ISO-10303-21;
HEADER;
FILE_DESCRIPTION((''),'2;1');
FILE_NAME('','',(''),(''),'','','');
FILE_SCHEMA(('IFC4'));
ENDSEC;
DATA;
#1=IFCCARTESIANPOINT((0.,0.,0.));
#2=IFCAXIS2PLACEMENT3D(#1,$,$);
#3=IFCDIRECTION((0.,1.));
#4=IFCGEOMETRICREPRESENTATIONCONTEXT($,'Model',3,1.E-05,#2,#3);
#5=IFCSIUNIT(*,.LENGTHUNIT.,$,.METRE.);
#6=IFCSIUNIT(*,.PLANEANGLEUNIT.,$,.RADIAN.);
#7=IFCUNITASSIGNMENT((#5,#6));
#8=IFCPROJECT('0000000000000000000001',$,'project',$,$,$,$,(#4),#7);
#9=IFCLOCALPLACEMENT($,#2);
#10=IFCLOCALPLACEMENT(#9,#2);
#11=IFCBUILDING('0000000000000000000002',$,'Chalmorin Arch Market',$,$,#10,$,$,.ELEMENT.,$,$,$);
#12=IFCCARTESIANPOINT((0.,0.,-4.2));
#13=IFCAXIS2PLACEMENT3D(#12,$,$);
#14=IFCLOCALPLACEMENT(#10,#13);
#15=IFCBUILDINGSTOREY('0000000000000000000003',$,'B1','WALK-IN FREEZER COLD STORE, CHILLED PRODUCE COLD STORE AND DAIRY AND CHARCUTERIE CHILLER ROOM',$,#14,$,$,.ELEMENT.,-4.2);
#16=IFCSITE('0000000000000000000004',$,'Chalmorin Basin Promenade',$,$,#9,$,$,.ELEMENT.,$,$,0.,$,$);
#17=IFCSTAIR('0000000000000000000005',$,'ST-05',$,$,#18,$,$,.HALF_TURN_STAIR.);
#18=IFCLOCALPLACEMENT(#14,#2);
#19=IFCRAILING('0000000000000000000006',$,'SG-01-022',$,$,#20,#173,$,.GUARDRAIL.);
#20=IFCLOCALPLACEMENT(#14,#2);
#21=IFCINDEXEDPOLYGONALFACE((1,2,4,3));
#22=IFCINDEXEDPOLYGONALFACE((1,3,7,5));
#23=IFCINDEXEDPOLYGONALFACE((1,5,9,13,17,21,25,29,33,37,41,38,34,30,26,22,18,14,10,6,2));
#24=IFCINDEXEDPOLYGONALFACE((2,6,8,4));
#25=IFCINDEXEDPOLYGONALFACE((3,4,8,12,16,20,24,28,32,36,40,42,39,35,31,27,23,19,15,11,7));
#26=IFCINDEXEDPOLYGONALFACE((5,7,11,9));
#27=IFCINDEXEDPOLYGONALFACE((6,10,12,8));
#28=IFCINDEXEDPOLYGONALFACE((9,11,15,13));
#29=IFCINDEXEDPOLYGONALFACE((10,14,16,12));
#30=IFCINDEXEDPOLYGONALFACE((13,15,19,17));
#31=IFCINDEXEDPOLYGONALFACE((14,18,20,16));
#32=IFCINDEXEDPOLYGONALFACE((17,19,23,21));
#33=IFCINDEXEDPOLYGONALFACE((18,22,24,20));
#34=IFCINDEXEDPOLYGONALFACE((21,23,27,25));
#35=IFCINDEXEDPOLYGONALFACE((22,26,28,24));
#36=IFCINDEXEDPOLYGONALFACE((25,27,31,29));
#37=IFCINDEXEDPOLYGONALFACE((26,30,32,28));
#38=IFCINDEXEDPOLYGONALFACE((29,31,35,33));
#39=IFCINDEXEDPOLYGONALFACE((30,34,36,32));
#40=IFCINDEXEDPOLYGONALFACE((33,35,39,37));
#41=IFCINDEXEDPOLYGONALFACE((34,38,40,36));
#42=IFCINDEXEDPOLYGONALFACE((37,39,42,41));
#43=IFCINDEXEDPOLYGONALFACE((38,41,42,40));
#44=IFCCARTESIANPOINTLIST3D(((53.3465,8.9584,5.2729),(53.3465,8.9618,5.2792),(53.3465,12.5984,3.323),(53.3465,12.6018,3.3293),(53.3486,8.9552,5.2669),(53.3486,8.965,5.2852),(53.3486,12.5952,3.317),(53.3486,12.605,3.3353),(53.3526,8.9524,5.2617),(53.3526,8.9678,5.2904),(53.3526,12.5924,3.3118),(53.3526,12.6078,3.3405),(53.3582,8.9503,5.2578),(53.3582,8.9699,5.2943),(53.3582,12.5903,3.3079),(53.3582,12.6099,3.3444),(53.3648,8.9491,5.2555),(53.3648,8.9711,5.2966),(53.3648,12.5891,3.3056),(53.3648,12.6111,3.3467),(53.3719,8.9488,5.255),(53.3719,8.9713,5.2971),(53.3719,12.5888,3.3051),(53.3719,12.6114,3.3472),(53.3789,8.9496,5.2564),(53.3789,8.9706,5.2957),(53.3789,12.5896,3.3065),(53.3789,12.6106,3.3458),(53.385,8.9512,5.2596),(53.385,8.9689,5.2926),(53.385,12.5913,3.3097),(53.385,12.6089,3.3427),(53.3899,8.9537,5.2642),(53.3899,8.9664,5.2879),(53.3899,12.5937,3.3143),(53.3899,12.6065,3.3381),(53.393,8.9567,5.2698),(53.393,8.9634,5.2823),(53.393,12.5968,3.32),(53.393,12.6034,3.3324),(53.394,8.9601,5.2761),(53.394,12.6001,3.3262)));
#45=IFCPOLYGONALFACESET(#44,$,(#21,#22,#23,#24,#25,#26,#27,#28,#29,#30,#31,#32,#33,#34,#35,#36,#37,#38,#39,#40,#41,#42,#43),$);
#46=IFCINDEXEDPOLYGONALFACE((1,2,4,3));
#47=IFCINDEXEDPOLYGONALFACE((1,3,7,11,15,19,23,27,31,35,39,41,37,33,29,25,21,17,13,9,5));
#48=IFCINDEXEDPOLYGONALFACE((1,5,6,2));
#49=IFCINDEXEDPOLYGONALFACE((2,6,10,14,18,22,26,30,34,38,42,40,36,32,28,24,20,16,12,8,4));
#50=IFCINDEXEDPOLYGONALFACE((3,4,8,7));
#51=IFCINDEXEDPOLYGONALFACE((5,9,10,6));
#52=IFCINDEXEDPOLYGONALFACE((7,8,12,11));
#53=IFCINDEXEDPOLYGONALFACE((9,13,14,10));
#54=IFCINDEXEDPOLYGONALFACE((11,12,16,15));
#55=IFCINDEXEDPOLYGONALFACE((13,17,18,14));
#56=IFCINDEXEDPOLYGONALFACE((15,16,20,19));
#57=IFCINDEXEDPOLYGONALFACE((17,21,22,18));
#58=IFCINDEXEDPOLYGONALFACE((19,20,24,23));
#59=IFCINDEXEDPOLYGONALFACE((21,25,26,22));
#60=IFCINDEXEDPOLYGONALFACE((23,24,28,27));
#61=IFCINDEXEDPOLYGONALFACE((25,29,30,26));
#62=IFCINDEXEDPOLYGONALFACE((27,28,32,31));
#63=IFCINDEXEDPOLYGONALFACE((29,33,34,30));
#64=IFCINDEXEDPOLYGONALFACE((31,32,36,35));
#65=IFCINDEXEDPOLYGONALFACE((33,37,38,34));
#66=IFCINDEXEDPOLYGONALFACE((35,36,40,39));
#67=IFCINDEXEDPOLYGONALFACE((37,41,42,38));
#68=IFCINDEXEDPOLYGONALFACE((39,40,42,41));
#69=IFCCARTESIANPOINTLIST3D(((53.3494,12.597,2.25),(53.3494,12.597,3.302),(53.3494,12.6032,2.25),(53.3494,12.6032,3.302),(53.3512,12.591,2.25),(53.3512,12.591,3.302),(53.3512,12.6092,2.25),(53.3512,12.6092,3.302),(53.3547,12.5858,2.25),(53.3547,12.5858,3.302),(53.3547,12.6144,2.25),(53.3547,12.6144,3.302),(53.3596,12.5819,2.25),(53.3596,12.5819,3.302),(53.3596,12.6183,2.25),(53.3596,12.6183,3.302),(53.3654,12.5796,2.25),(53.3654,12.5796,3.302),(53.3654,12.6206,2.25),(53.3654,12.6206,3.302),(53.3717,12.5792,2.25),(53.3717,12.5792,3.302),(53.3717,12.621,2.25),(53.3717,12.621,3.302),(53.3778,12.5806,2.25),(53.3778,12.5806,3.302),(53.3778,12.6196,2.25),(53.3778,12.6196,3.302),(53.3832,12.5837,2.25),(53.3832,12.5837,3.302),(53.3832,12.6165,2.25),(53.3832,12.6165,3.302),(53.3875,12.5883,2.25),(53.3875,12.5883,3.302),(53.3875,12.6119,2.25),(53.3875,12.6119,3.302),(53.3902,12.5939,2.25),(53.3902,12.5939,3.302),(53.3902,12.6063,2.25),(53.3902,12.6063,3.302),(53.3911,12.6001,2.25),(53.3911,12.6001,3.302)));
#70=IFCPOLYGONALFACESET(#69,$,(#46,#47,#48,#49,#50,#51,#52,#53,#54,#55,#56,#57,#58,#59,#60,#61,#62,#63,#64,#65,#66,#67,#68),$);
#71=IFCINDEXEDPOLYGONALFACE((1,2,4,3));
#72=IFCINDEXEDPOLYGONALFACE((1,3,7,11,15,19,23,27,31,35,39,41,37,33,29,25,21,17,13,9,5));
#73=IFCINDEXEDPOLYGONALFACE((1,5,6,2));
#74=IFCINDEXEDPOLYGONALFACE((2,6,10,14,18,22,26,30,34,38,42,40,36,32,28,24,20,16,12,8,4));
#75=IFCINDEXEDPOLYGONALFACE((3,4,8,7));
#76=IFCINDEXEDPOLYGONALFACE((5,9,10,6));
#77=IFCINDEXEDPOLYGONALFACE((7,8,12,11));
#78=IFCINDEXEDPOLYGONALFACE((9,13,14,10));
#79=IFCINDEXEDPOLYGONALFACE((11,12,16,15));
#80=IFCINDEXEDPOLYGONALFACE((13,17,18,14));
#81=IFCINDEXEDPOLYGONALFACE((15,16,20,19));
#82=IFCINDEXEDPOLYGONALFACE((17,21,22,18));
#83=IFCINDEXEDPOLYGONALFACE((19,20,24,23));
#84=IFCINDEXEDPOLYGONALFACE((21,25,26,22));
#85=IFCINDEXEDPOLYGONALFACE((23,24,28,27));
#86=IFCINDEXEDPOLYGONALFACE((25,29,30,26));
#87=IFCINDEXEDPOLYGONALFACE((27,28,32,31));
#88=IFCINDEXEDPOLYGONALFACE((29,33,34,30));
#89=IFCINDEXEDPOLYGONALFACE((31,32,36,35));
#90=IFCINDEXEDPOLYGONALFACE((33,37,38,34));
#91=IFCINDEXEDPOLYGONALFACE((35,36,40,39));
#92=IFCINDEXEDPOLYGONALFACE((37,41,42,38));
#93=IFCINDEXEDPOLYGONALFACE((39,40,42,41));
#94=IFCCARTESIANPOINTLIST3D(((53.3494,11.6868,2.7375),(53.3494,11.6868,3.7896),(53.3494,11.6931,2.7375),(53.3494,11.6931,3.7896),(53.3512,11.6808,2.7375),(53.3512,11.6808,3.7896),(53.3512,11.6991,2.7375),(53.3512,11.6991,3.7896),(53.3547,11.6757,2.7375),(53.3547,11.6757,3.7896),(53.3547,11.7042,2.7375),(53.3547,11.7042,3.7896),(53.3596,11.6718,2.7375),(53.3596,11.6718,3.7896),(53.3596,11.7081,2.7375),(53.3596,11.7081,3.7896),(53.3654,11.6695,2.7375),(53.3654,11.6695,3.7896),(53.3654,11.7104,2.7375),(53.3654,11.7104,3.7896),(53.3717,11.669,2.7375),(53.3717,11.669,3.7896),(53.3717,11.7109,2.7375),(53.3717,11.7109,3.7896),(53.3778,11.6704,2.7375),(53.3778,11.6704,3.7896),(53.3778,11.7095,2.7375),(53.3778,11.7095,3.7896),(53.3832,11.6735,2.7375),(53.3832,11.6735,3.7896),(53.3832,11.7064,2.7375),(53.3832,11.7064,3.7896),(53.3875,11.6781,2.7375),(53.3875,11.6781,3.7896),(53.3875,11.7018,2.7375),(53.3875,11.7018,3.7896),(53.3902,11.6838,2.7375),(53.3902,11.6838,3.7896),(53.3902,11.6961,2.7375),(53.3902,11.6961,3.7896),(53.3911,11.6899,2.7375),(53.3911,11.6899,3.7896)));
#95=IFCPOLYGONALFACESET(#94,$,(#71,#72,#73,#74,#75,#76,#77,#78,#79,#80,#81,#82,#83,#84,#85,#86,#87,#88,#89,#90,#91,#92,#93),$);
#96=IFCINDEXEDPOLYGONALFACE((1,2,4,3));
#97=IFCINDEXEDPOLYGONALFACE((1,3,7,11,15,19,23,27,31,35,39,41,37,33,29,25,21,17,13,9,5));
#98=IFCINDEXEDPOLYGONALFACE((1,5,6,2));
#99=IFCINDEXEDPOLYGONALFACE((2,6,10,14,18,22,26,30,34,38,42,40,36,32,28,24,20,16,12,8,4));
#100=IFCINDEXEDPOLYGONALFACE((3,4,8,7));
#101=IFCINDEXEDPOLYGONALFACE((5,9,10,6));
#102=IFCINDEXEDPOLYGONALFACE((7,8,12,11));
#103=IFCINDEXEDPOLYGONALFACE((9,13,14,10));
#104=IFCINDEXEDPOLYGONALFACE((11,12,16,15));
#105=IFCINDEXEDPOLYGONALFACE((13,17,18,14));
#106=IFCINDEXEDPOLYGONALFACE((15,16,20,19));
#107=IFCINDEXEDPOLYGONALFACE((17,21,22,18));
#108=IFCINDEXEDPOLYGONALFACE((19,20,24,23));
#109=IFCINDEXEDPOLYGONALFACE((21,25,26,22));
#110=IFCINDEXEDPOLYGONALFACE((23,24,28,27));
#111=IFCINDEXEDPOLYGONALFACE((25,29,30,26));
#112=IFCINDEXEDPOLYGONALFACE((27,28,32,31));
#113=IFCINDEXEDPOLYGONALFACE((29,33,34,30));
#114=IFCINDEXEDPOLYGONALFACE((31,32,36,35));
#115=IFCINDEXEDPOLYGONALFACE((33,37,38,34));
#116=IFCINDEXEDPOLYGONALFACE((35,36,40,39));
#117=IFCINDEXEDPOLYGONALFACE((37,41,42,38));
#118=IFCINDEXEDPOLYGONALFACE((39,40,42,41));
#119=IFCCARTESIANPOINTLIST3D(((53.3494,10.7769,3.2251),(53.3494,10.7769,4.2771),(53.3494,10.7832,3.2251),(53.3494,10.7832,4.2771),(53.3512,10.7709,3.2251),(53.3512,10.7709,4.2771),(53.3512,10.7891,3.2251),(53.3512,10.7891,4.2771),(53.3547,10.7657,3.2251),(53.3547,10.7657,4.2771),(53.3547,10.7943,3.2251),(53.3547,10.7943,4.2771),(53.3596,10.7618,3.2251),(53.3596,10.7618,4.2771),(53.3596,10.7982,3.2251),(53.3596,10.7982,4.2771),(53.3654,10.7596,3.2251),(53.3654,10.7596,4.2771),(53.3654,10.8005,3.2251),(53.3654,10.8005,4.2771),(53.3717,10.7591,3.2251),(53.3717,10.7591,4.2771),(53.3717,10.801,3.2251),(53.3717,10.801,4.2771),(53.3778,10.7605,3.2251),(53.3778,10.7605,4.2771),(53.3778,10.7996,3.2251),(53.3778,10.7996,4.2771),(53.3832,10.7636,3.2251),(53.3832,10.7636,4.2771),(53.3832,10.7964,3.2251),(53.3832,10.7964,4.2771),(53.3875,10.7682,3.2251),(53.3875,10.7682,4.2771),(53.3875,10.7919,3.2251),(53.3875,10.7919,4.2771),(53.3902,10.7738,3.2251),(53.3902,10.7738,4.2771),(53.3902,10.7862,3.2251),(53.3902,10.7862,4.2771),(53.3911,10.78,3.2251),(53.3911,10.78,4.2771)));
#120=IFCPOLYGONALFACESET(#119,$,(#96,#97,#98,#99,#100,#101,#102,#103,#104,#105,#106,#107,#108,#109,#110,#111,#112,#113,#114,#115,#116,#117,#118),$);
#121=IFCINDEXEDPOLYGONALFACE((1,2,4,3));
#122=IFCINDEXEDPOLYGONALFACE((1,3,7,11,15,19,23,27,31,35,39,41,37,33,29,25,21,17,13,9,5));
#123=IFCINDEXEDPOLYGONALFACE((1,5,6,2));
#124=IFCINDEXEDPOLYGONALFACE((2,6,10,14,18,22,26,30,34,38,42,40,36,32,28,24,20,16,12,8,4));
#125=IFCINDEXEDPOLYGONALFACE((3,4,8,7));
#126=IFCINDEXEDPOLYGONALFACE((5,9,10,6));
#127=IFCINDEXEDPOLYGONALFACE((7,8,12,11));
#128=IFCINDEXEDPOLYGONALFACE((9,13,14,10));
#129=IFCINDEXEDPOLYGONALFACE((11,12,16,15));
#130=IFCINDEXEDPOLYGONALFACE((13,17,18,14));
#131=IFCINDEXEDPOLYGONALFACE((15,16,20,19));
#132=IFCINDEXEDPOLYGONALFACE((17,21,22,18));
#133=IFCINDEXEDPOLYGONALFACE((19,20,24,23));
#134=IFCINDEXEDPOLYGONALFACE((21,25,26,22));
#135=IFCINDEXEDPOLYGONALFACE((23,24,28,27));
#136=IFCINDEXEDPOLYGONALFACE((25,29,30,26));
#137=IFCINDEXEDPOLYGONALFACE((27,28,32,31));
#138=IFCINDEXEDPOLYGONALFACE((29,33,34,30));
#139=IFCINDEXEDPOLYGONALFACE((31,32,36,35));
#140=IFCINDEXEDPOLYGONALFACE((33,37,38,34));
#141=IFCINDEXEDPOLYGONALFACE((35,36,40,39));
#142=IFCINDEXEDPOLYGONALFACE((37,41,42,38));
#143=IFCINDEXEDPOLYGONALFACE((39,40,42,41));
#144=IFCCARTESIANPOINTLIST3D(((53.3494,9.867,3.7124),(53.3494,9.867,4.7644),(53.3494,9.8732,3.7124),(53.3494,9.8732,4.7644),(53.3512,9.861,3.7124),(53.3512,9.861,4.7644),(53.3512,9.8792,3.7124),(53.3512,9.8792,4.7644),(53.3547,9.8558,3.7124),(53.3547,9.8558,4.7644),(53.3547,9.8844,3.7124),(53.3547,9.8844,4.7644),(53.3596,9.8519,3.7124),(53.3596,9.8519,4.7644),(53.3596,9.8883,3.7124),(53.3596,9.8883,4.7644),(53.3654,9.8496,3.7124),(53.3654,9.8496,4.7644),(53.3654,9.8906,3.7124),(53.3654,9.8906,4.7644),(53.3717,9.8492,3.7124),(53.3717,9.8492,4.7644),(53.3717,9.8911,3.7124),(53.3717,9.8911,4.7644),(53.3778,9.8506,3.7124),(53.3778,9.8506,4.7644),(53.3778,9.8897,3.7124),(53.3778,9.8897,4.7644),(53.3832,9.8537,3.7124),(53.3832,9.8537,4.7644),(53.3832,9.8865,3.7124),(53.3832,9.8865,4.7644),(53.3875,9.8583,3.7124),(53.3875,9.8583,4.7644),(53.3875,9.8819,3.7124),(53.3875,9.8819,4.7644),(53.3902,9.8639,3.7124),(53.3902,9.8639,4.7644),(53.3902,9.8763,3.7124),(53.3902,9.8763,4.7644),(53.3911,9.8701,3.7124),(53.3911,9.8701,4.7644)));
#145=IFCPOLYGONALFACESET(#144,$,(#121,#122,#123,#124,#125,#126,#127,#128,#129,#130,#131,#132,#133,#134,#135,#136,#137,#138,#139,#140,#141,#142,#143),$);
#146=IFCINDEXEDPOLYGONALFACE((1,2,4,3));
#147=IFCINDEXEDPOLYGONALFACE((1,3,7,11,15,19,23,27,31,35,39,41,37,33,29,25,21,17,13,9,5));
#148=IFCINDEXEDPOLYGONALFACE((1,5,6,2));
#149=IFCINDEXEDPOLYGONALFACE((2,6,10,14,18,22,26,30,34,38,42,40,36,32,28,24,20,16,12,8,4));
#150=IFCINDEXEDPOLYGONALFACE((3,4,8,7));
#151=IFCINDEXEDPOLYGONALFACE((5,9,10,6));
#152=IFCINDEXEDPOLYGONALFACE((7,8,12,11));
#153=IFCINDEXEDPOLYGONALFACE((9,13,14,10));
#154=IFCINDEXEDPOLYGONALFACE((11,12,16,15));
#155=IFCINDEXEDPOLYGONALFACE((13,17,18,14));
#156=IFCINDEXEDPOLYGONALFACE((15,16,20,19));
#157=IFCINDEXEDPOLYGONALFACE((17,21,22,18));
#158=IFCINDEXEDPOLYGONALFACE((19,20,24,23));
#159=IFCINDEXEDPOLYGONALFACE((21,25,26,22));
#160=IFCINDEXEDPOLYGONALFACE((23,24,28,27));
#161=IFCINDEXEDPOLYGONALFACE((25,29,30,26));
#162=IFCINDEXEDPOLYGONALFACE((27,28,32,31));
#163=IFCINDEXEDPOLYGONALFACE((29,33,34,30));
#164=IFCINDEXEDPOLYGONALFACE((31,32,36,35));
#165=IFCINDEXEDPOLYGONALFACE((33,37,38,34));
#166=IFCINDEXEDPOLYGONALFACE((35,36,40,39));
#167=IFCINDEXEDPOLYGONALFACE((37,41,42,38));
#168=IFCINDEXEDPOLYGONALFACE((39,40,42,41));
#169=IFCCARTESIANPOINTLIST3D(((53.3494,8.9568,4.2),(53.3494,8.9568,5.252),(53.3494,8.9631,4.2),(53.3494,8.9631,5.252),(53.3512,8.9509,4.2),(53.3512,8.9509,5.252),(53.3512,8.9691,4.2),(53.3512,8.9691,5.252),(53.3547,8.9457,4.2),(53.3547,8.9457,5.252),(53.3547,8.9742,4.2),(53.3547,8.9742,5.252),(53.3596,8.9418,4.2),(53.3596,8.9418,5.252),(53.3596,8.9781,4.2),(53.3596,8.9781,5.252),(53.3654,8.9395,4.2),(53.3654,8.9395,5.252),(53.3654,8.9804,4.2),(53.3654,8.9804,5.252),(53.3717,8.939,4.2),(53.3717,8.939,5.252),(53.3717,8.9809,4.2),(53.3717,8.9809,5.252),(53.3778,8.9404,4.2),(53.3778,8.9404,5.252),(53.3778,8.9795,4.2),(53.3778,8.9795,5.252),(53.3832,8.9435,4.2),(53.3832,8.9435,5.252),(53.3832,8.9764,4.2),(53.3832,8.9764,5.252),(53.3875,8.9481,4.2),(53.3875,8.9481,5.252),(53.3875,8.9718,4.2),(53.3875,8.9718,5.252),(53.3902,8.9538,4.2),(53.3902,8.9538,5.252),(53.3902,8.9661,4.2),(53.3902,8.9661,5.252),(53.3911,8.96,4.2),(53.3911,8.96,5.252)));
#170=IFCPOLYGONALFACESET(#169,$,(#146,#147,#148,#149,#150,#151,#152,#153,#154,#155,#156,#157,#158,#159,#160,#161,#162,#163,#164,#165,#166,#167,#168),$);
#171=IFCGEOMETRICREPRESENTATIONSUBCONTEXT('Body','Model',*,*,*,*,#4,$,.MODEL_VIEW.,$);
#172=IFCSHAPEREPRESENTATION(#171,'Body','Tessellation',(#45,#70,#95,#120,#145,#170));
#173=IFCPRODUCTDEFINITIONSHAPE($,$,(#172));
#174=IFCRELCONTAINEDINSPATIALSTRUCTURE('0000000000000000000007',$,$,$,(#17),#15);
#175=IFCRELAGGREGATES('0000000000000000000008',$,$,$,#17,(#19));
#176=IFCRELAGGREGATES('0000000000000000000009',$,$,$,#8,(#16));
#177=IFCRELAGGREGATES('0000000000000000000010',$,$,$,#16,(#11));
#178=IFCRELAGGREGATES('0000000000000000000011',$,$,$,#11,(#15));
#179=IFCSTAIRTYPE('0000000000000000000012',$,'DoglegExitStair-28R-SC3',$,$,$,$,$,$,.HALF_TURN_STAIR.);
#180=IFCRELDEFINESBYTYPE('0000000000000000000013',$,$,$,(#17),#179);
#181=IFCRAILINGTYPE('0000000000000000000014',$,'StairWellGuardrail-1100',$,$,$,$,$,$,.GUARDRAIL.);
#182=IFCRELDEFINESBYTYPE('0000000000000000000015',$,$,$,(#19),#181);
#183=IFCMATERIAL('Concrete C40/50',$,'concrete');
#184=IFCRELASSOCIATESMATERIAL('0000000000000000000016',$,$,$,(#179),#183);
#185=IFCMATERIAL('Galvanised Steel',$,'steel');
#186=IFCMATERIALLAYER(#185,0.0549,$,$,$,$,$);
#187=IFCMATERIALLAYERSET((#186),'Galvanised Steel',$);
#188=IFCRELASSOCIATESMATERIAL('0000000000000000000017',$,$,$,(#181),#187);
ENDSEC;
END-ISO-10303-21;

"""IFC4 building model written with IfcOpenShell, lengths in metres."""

from ifc_helpers import new_model, si_unit, direction, frame, origin, origin_2d, place, context, subcontext, project, spatial, circle, extrude, material, layer, layer_set, type_object, element, aggregate, save


model = new_model("IFC4")

# Units and contexts
model_context = context("Model", 3, precision=1e-05, world=origin(), true_north=direction((0.0, 1.0)))
body_context = subcontext(model_context, "Body", "Model", "MODEL_VIEW")
ifc_project = project(units=[si_unit("LENGTHUNIT", "METRE"), si_unit("PLANEANGLEUNIT", "RADIAN")], contexts=[model_context])

# Site, building, storey
site_placement = place(None, origin())
site = spatial("IfcSite", under=ifc_project, at=site_placement, Name="Chalmorin Basin Promenade", CompositionType="ELEMENT", RefElevation=0.0)
building_placement = place(site_placement, origin())
building = spatial("IfcBuilding", under=site, at=building_placement, Name="Chalmorin Arch Market", CompositionType="ELEMENT")
storey_placement = place(building_placement, frame((0.0, 0.0, -4.2)))
storey = spatial("IfcBuildingStorey", under=building, at=storey_placement, Name="B1", Description="WALK-IN FREEZER COLD STORE, CHILLED PRODUCE COLD STORE AND DAIRY AND CHARCUTERIE CHILLER ROOM", CompositionType="ELEMENT", Elevation=-4.2)

# Shared definitions
ifc_material_1 = material(Name="Concrete C40/50", Category="concrete")

# Shared definitions
ifc_material_2 = material(Name="Galvanised Steel", Category="steel")

# Stair, railing
stair_type = type_object("IfcStairType", Name="DoglegExitStair-28R-SC3", PredefinedType="HALF_TURN_STAIR", material=ifc_material_1)
stair_placement = place(storey_placement, origin())
stair = element("IfcStair", 1, at=stair_placement, inside=storey, type_object=stair_type, Name="ST-05", PredefinedType="HALF_TURN_STAIR")
ifc_layer_1 = layer(ifc_material_2, 0.0549)
ifc_layer_set_1 = layer_set([ifc_layer_1], Name="Galvanised Steel")
railing_type_1 = type_object("IfcRailingType", Name="StairWellGuardrail-1100", PredefinedType="GUARDRAIL", material=ifc_layer_set_1)
railing_1_placement = place(storey_placement, frame((53.3701, 12.6001, 2.25)))
railing_1 = element("IfcRailing", 2, at=railing_1_placement, type_object=railing_type_1, Name="SG-01-022", PredefinedType="GUARDRAIL", context=body_context, shape_type="SweptSolid", body=[
    extrude(circle(Radius=0.0239, at=origin_2d()), frame((0.0, 0.0, 1.0762), z_axis=(0.0, -0.881492, 0.472198), x_axis=(1.0, 0.0, 0.0)), (0.0, 0.0, 1.0), 4.1294),
    extrude(circle(Radius=0.021, at=origin_2d()), origin(), (0.0, 0.0, 1.0), 1.052),
    extrude(circle(Radius=0.021, at=origin_2d()), frame((0.0, -0.9102, 0.4875)), (0.0, 0.0, 1.0), 1.052),
    extrude(circle(Radius=0.021, at=origin_2d()), frame((0.0, -1.8201, 0.9751)), (0.0, 0.0, 1.0), 1.052),
    extrude(circle(Radius=0.021, at=origin_2d()), frame((0.0, -2.73, 1.4624)), (0.0, 0.0, 1.0), 1.052),
    extrude(circle(Radius=0.021, at=origin_2d()), frame((0.0, -3.6401, 1.95)), (0.0, 0.0, 1.0), 1.052),
])
aggregate(stair, [railing_1])

save(model, "model.ifc")
